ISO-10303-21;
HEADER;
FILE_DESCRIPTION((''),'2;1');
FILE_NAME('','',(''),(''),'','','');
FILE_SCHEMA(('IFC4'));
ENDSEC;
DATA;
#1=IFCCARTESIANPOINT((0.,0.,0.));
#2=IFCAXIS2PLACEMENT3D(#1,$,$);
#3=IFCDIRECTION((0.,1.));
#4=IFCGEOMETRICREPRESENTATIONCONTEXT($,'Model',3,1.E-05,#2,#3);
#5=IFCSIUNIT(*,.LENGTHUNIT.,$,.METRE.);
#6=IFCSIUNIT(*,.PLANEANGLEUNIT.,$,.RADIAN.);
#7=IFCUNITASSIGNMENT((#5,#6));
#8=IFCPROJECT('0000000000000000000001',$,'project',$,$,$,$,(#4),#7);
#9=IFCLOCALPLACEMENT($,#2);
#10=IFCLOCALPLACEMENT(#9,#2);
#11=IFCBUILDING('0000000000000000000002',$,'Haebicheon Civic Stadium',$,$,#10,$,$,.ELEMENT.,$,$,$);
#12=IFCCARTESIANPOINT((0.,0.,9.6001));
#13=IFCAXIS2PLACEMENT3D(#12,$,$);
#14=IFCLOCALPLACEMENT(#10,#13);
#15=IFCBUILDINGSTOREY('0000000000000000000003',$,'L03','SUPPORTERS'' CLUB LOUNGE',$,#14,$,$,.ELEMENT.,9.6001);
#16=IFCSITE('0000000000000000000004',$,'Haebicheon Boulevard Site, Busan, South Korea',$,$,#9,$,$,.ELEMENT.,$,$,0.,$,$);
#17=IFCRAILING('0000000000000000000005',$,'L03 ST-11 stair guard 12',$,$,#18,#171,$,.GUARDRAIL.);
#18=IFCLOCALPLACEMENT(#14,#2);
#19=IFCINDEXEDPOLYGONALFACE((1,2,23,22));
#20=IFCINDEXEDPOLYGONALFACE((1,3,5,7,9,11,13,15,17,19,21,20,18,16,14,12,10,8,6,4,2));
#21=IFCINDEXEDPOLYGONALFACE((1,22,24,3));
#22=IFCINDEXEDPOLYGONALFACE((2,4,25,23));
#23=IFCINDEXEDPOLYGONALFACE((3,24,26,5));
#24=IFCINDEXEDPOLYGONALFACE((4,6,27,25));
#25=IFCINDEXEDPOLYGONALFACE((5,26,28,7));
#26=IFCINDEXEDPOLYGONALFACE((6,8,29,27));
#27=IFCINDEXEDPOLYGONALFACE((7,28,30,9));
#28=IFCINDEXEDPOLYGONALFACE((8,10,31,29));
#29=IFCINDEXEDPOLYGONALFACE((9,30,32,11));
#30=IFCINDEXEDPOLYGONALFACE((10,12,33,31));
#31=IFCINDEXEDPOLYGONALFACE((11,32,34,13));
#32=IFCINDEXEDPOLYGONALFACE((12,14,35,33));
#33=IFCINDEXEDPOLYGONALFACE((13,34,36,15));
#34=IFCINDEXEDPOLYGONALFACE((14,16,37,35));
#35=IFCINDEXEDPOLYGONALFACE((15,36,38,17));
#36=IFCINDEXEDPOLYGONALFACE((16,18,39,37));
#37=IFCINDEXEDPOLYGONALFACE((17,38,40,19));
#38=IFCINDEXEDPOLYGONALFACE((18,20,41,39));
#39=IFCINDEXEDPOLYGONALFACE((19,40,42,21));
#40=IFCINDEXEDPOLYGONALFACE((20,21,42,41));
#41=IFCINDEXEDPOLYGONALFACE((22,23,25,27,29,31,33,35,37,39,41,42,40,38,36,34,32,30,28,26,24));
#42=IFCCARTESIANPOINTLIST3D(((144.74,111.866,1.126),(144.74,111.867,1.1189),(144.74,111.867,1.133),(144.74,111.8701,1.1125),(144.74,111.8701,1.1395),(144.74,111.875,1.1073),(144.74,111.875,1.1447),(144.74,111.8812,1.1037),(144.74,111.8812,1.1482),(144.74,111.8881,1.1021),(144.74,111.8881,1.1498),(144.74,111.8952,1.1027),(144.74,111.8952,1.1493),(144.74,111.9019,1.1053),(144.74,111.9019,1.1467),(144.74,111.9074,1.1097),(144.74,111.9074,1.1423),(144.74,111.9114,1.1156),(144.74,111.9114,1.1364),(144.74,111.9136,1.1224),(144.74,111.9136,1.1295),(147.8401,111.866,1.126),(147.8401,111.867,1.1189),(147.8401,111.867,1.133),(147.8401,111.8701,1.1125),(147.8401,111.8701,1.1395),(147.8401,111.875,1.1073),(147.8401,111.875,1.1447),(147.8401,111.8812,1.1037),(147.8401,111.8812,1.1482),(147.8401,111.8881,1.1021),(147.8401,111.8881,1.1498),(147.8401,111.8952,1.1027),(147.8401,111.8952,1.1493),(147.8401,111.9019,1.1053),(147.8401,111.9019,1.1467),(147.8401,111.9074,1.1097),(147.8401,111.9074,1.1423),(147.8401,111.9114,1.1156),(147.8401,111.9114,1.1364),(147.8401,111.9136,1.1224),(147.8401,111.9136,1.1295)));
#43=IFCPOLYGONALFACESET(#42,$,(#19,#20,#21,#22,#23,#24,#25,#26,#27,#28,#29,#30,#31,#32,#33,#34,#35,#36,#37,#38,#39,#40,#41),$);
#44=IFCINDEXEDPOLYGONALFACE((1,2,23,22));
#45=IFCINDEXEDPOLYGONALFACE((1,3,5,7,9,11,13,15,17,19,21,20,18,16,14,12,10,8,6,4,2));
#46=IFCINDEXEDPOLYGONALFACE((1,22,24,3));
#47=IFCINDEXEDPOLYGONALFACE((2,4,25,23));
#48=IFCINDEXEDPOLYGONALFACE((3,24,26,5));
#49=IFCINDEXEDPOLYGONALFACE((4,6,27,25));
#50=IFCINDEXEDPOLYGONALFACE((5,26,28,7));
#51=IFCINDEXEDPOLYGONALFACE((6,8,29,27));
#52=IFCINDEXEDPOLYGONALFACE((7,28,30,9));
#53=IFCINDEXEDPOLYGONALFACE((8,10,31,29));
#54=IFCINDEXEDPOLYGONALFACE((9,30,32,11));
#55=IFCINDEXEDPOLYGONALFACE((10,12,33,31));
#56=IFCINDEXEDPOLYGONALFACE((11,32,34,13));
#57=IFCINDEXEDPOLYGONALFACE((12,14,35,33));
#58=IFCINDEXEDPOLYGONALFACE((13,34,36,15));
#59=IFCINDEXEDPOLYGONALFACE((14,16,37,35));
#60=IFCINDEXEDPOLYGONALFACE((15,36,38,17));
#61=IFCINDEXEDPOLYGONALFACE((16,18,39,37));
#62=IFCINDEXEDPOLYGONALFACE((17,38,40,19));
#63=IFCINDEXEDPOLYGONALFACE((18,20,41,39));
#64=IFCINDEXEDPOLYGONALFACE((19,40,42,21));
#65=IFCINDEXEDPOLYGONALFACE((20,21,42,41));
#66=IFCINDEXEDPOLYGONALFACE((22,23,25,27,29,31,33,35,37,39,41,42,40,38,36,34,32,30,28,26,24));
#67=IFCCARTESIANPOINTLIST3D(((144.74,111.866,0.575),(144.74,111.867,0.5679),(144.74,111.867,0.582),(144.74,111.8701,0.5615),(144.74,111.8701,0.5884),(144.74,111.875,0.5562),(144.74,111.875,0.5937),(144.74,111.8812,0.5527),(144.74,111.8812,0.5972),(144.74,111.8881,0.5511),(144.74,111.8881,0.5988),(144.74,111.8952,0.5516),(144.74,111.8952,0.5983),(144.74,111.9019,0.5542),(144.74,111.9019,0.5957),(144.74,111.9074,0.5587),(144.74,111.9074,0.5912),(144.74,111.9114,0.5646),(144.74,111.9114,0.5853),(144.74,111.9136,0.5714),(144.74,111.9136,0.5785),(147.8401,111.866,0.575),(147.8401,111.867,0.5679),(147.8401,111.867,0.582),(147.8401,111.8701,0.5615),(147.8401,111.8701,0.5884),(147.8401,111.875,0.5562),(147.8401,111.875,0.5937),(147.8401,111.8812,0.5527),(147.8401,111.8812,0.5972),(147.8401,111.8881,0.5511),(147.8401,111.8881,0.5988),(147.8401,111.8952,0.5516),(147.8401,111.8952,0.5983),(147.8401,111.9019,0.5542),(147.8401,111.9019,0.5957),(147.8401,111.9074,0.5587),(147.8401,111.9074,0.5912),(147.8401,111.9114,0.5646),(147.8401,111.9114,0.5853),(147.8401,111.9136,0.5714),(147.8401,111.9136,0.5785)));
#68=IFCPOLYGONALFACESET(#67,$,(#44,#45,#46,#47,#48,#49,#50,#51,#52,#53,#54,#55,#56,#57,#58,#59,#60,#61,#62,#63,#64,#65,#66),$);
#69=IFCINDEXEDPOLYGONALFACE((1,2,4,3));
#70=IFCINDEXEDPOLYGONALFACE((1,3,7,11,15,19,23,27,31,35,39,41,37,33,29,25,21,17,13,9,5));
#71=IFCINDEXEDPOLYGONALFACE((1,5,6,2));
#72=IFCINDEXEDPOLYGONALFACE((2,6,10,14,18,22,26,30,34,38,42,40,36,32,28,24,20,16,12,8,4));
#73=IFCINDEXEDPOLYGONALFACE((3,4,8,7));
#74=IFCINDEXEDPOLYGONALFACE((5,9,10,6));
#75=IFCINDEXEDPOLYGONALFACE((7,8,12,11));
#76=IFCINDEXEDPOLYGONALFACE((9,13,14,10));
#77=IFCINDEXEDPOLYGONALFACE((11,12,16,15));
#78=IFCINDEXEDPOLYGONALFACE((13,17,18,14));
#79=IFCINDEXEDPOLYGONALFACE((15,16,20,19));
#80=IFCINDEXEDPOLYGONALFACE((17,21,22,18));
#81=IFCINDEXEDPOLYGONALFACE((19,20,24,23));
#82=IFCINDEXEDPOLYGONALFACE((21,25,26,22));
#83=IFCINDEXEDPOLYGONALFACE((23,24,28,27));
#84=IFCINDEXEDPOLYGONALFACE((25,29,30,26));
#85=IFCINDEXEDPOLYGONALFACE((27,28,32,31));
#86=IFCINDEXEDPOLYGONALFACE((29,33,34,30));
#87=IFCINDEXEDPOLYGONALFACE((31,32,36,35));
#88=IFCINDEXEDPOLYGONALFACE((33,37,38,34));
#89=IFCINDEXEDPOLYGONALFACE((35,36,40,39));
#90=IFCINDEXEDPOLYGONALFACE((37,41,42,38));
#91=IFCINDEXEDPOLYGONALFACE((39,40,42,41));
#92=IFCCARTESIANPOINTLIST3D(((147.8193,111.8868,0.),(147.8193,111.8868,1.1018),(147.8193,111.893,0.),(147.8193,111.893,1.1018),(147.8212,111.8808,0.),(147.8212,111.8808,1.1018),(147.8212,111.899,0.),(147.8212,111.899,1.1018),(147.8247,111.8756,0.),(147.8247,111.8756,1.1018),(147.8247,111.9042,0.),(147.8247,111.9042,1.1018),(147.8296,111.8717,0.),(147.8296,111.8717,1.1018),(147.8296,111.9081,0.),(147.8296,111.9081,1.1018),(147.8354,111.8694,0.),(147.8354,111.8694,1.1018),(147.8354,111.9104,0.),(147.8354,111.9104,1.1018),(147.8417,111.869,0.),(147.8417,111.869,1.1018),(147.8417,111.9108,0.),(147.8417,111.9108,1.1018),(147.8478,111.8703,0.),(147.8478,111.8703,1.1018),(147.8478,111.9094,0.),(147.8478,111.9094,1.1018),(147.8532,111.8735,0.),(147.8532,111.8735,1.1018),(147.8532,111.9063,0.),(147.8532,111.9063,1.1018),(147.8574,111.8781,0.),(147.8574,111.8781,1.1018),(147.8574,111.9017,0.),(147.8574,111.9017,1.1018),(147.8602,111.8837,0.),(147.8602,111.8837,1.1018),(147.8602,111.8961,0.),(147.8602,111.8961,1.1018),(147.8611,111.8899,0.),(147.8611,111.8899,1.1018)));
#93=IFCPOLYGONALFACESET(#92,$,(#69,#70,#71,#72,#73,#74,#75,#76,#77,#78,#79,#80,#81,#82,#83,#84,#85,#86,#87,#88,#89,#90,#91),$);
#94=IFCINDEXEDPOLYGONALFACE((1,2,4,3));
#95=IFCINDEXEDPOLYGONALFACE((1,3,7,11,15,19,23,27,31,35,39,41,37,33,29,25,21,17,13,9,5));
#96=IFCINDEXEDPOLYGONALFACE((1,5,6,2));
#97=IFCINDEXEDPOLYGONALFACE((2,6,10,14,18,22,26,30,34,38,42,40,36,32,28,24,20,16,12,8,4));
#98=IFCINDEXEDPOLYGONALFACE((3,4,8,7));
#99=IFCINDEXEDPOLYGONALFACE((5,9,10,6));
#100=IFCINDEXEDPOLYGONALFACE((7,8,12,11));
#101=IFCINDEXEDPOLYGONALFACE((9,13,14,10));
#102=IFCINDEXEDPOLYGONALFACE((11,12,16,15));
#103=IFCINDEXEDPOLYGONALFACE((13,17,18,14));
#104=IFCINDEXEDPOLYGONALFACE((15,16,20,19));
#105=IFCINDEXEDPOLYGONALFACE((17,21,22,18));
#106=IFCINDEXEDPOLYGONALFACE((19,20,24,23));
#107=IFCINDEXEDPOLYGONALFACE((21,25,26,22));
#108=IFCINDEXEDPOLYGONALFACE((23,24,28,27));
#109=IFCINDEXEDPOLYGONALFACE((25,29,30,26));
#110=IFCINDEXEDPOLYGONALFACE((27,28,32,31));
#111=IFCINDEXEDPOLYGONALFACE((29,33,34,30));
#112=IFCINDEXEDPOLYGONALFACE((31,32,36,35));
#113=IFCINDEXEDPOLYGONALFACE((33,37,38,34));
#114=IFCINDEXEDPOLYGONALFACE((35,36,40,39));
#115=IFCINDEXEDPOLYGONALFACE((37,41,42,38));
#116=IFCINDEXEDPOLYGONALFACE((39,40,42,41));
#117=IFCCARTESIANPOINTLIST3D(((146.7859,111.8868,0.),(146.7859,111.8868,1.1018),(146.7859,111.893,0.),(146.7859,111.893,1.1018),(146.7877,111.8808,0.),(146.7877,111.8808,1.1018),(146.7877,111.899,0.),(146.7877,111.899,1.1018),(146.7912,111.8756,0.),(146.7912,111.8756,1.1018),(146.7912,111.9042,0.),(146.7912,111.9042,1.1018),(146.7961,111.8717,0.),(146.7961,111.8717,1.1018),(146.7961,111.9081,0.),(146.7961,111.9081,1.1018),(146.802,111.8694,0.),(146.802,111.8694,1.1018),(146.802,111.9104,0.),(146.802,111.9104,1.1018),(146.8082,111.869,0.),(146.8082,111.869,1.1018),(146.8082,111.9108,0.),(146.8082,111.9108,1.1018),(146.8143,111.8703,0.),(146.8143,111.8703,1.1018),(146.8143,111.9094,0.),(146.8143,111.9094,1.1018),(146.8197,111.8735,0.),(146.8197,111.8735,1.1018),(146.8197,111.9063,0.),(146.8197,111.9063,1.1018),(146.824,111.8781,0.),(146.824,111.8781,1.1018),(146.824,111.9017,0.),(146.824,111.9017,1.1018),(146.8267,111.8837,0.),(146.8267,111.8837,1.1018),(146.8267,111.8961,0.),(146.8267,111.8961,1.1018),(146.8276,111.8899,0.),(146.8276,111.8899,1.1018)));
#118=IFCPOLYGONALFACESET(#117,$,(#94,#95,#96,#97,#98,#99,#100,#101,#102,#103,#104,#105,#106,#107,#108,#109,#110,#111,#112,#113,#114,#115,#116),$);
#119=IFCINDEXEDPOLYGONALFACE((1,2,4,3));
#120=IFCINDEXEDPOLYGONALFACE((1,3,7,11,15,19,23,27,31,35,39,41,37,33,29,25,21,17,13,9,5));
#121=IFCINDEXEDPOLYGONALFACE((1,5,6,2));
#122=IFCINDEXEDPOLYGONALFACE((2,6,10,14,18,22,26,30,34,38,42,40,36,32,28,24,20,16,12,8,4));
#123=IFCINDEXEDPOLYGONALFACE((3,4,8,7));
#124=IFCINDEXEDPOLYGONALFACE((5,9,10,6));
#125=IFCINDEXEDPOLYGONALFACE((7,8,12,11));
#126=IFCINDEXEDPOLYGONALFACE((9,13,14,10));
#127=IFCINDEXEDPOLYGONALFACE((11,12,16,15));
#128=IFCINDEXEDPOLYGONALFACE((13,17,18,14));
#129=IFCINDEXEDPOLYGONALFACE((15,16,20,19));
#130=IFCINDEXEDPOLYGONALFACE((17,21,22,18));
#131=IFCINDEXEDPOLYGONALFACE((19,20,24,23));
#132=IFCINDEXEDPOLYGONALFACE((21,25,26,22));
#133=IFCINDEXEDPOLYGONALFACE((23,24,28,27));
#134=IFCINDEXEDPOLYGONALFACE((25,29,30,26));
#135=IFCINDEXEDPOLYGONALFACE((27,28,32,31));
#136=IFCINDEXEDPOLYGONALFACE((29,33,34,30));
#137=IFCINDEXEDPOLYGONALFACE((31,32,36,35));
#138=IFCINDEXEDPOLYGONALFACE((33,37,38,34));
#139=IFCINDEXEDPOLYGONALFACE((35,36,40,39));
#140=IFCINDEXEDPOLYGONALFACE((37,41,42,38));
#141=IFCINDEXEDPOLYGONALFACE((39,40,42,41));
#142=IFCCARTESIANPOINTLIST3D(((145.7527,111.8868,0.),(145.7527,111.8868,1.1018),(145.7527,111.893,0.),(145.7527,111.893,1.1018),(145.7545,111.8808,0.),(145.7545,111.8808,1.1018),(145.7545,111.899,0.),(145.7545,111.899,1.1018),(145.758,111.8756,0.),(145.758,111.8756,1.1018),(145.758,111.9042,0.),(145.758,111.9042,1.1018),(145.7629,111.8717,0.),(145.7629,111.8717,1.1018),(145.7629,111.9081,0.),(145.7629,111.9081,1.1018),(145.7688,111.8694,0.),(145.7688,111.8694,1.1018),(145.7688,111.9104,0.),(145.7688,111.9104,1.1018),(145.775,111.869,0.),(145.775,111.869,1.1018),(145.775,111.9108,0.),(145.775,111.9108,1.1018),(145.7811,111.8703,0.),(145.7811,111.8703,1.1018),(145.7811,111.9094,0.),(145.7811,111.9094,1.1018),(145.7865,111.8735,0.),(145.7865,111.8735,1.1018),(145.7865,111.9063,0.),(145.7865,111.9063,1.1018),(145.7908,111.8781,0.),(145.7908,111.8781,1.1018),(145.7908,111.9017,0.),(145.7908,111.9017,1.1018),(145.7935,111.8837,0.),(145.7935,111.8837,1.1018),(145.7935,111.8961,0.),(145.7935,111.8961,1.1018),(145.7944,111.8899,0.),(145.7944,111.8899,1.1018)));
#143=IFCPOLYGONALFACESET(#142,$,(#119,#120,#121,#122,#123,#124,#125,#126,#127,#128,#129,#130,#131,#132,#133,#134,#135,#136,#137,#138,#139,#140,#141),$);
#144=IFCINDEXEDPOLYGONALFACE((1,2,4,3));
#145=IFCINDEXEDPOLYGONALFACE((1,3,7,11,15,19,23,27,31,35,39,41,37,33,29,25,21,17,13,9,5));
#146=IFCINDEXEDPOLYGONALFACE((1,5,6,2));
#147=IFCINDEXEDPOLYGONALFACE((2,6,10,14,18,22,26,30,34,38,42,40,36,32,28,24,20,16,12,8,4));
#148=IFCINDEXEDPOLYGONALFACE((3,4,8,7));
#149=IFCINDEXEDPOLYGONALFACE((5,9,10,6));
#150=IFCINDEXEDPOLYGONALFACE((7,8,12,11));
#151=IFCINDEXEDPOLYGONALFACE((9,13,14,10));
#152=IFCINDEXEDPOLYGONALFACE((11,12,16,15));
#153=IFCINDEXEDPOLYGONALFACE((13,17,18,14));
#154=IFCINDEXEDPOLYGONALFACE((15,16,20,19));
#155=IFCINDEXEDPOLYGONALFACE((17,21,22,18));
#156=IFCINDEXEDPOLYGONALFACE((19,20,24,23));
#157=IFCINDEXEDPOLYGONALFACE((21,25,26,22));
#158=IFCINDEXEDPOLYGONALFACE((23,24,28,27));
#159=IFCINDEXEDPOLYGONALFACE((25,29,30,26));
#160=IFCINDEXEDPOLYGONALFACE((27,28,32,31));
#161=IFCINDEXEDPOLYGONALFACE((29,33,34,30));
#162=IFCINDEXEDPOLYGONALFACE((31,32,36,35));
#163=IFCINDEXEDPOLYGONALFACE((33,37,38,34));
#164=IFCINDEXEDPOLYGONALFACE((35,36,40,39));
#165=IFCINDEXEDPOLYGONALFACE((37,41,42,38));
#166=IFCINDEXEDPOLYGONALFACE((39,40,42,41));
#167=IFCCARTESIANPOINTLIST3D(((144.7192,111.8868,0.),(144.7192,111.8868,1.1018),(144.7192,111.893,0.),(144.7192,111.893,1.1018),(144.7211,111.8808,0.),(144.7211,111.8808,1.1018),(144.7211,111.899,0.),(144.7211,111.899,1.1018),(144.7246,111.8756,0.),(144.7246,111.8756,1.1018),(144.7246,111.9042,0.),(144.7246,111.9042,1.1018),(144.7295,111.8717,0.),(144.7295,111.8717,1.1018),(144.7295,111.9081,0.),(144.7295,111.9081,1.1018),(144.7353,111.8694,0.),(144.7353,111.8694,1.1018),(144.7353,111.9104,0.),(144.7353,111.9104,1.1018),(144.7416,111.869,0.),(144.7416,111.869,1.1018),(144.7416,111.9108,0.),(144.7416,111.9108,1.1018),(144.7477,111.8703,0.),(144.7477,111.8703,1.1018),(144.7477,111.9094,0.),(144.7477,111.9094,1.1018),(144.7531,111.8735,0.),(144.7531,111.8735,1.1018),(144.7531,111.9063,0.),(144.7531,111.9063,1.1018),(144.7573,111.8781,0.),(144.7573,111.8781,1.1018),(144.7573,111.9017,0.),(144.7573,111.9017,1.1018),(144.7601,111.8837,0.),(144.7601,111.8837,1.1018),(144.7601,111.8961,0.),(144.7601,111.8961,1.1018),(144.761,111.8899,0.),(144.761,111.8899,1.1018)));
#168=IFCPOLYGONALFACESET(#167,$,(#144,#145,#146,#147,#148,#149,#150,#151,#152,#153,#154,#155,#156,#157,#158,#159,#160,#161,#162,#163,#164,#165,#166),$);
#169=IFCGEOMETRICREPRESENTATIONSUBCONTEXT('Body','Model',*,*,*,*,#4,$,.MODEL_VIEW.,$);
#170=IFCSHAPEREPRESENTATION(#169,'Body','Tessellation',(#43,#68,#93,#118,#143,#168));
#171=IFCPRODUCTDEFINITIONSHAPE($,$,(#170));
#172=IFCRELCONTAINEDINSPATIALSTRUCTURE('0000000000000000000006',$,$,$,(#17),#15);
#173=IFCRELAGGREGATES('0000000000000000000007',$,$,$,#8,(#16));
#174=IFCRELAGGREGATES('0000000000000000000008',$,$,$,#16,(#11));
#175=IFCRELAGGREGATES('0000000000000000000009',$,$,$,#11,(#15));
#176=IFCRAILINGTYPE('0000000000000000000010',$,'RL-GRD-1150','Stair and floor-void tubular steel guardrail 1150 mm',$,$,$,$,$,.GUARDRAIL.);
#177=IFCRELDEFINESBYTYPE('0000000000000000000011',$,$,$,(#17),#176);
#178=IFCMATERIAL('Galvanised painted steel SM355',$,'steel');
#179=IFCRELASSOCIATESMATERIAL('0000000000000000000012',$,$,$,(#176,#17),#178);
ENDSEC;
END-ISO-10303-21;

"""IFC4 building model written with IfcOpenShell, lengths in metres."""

from ifc_helpers import new_model, si_unit, direction, frame, origin, origin_2d, place, context, subcontext, project, spatial, circle, extrude, material, type_object, element, save


model = new_model("IFC4")

# Units and contexts
model_context = context("Model", 3, precision=1e-05, world=origin(), true_north=direction((0.0, 1.0)))
body_context = subcontext(model_context, "Body", "Model", "MODEL_VIEW")
ifc_project = project(units=[si_unit("LENGTHUNIT", "METRE"), si_unit("PLANEANGLEUNIT", "RADIAN")], contexts=[model_context])

# Site, building, storey
site_placement = place(None, origin())
site = spatial("IfcSite", under=ifc_project, at=site_placement, Name="Haebicheon Boulevard Site, Busan, South Korea", CompositionType="ELEMENT", RefElevation=0.0)
building_placement = place(site_placement, origin())
building = spatial("IfcBuilding", under=site, at=building_placement, Name="Haebicheon Civic Stadium", CompositionType="ELEMENT")
storey_placement = place(building_placement, frame((0.0, 0.0, 9.6001)))
storey = spatial("IfcBuildingStorey", under=building, at=storey_placement, Name="L03", Description="SUPPORTERS' CLUB LOUNGE", CompositionType="ELEMENT", Elevation=9.6001)

# Railing
ifc_material_1 = material(Name="Galvanised painted steel SM355", Category="steel")
railing_type_1 = type_object("IfcRailingType", Name="RL-GRD-1150", Description="Stair and floor-void tubular steel guardrail 1150 mm", PredefinedType="GUARDRAIL", material=ifc_material_1)
railing_1_placement = place(storey_placement, frame((147.8401, 111.8899, 0.0)))
element("IfcRailing", 1, at=railing_1_placement, inside=storey, type_object=railing_type_1, material=ifc_material_1, Name="L03 ST-11 stair guard 12", PredefinedType="GUARDRAIL", context=body_context, shape_type="SweptSolid", body=[
    extrude(circle(Radius=0.0239, at=origin_2d()), frame((0.0, 0.0, 1.126), z_axis=(-1.0, 0.0, 0.0), x_axis=(0.0, -1.0, 0.0)), (0.0, 0.0, 1.0), 3.1001),
    extrude(circle(Radius=0.0239, at=origin_2d()), frame((0.0, 0.0, 0.575), z_axis=(-1.0, 0.0, 0.0), x_axis=(0.0, -1.0, 0.0)), (0.0, 0.0, 1.0), 3.1001),
    extrude(circle(Radius=0.021, at=origin_2d()), origin(), (0.0, 0.0, 1.0), 1.1018),
    extrude(circle(Radius=0.021, at=origin_2d()), frame((-1.0334, 0.0, 0.0)), (0.0, 0.0, 1.0), 1.1018),
    extrude(circle(Radius=0.021, at=origin_2d()), frame((-2.0667, 0.0, 0.0)), (0.0, 0.0, 1.0), 1.1018),
    extrude(circle(Radius=0.021, at=origin_2d()), frame((-3.1001, 0.0, 0.0)), (0.0, 0.0, 1.0), 1.1018),
])

save(model, "model.ifc")
